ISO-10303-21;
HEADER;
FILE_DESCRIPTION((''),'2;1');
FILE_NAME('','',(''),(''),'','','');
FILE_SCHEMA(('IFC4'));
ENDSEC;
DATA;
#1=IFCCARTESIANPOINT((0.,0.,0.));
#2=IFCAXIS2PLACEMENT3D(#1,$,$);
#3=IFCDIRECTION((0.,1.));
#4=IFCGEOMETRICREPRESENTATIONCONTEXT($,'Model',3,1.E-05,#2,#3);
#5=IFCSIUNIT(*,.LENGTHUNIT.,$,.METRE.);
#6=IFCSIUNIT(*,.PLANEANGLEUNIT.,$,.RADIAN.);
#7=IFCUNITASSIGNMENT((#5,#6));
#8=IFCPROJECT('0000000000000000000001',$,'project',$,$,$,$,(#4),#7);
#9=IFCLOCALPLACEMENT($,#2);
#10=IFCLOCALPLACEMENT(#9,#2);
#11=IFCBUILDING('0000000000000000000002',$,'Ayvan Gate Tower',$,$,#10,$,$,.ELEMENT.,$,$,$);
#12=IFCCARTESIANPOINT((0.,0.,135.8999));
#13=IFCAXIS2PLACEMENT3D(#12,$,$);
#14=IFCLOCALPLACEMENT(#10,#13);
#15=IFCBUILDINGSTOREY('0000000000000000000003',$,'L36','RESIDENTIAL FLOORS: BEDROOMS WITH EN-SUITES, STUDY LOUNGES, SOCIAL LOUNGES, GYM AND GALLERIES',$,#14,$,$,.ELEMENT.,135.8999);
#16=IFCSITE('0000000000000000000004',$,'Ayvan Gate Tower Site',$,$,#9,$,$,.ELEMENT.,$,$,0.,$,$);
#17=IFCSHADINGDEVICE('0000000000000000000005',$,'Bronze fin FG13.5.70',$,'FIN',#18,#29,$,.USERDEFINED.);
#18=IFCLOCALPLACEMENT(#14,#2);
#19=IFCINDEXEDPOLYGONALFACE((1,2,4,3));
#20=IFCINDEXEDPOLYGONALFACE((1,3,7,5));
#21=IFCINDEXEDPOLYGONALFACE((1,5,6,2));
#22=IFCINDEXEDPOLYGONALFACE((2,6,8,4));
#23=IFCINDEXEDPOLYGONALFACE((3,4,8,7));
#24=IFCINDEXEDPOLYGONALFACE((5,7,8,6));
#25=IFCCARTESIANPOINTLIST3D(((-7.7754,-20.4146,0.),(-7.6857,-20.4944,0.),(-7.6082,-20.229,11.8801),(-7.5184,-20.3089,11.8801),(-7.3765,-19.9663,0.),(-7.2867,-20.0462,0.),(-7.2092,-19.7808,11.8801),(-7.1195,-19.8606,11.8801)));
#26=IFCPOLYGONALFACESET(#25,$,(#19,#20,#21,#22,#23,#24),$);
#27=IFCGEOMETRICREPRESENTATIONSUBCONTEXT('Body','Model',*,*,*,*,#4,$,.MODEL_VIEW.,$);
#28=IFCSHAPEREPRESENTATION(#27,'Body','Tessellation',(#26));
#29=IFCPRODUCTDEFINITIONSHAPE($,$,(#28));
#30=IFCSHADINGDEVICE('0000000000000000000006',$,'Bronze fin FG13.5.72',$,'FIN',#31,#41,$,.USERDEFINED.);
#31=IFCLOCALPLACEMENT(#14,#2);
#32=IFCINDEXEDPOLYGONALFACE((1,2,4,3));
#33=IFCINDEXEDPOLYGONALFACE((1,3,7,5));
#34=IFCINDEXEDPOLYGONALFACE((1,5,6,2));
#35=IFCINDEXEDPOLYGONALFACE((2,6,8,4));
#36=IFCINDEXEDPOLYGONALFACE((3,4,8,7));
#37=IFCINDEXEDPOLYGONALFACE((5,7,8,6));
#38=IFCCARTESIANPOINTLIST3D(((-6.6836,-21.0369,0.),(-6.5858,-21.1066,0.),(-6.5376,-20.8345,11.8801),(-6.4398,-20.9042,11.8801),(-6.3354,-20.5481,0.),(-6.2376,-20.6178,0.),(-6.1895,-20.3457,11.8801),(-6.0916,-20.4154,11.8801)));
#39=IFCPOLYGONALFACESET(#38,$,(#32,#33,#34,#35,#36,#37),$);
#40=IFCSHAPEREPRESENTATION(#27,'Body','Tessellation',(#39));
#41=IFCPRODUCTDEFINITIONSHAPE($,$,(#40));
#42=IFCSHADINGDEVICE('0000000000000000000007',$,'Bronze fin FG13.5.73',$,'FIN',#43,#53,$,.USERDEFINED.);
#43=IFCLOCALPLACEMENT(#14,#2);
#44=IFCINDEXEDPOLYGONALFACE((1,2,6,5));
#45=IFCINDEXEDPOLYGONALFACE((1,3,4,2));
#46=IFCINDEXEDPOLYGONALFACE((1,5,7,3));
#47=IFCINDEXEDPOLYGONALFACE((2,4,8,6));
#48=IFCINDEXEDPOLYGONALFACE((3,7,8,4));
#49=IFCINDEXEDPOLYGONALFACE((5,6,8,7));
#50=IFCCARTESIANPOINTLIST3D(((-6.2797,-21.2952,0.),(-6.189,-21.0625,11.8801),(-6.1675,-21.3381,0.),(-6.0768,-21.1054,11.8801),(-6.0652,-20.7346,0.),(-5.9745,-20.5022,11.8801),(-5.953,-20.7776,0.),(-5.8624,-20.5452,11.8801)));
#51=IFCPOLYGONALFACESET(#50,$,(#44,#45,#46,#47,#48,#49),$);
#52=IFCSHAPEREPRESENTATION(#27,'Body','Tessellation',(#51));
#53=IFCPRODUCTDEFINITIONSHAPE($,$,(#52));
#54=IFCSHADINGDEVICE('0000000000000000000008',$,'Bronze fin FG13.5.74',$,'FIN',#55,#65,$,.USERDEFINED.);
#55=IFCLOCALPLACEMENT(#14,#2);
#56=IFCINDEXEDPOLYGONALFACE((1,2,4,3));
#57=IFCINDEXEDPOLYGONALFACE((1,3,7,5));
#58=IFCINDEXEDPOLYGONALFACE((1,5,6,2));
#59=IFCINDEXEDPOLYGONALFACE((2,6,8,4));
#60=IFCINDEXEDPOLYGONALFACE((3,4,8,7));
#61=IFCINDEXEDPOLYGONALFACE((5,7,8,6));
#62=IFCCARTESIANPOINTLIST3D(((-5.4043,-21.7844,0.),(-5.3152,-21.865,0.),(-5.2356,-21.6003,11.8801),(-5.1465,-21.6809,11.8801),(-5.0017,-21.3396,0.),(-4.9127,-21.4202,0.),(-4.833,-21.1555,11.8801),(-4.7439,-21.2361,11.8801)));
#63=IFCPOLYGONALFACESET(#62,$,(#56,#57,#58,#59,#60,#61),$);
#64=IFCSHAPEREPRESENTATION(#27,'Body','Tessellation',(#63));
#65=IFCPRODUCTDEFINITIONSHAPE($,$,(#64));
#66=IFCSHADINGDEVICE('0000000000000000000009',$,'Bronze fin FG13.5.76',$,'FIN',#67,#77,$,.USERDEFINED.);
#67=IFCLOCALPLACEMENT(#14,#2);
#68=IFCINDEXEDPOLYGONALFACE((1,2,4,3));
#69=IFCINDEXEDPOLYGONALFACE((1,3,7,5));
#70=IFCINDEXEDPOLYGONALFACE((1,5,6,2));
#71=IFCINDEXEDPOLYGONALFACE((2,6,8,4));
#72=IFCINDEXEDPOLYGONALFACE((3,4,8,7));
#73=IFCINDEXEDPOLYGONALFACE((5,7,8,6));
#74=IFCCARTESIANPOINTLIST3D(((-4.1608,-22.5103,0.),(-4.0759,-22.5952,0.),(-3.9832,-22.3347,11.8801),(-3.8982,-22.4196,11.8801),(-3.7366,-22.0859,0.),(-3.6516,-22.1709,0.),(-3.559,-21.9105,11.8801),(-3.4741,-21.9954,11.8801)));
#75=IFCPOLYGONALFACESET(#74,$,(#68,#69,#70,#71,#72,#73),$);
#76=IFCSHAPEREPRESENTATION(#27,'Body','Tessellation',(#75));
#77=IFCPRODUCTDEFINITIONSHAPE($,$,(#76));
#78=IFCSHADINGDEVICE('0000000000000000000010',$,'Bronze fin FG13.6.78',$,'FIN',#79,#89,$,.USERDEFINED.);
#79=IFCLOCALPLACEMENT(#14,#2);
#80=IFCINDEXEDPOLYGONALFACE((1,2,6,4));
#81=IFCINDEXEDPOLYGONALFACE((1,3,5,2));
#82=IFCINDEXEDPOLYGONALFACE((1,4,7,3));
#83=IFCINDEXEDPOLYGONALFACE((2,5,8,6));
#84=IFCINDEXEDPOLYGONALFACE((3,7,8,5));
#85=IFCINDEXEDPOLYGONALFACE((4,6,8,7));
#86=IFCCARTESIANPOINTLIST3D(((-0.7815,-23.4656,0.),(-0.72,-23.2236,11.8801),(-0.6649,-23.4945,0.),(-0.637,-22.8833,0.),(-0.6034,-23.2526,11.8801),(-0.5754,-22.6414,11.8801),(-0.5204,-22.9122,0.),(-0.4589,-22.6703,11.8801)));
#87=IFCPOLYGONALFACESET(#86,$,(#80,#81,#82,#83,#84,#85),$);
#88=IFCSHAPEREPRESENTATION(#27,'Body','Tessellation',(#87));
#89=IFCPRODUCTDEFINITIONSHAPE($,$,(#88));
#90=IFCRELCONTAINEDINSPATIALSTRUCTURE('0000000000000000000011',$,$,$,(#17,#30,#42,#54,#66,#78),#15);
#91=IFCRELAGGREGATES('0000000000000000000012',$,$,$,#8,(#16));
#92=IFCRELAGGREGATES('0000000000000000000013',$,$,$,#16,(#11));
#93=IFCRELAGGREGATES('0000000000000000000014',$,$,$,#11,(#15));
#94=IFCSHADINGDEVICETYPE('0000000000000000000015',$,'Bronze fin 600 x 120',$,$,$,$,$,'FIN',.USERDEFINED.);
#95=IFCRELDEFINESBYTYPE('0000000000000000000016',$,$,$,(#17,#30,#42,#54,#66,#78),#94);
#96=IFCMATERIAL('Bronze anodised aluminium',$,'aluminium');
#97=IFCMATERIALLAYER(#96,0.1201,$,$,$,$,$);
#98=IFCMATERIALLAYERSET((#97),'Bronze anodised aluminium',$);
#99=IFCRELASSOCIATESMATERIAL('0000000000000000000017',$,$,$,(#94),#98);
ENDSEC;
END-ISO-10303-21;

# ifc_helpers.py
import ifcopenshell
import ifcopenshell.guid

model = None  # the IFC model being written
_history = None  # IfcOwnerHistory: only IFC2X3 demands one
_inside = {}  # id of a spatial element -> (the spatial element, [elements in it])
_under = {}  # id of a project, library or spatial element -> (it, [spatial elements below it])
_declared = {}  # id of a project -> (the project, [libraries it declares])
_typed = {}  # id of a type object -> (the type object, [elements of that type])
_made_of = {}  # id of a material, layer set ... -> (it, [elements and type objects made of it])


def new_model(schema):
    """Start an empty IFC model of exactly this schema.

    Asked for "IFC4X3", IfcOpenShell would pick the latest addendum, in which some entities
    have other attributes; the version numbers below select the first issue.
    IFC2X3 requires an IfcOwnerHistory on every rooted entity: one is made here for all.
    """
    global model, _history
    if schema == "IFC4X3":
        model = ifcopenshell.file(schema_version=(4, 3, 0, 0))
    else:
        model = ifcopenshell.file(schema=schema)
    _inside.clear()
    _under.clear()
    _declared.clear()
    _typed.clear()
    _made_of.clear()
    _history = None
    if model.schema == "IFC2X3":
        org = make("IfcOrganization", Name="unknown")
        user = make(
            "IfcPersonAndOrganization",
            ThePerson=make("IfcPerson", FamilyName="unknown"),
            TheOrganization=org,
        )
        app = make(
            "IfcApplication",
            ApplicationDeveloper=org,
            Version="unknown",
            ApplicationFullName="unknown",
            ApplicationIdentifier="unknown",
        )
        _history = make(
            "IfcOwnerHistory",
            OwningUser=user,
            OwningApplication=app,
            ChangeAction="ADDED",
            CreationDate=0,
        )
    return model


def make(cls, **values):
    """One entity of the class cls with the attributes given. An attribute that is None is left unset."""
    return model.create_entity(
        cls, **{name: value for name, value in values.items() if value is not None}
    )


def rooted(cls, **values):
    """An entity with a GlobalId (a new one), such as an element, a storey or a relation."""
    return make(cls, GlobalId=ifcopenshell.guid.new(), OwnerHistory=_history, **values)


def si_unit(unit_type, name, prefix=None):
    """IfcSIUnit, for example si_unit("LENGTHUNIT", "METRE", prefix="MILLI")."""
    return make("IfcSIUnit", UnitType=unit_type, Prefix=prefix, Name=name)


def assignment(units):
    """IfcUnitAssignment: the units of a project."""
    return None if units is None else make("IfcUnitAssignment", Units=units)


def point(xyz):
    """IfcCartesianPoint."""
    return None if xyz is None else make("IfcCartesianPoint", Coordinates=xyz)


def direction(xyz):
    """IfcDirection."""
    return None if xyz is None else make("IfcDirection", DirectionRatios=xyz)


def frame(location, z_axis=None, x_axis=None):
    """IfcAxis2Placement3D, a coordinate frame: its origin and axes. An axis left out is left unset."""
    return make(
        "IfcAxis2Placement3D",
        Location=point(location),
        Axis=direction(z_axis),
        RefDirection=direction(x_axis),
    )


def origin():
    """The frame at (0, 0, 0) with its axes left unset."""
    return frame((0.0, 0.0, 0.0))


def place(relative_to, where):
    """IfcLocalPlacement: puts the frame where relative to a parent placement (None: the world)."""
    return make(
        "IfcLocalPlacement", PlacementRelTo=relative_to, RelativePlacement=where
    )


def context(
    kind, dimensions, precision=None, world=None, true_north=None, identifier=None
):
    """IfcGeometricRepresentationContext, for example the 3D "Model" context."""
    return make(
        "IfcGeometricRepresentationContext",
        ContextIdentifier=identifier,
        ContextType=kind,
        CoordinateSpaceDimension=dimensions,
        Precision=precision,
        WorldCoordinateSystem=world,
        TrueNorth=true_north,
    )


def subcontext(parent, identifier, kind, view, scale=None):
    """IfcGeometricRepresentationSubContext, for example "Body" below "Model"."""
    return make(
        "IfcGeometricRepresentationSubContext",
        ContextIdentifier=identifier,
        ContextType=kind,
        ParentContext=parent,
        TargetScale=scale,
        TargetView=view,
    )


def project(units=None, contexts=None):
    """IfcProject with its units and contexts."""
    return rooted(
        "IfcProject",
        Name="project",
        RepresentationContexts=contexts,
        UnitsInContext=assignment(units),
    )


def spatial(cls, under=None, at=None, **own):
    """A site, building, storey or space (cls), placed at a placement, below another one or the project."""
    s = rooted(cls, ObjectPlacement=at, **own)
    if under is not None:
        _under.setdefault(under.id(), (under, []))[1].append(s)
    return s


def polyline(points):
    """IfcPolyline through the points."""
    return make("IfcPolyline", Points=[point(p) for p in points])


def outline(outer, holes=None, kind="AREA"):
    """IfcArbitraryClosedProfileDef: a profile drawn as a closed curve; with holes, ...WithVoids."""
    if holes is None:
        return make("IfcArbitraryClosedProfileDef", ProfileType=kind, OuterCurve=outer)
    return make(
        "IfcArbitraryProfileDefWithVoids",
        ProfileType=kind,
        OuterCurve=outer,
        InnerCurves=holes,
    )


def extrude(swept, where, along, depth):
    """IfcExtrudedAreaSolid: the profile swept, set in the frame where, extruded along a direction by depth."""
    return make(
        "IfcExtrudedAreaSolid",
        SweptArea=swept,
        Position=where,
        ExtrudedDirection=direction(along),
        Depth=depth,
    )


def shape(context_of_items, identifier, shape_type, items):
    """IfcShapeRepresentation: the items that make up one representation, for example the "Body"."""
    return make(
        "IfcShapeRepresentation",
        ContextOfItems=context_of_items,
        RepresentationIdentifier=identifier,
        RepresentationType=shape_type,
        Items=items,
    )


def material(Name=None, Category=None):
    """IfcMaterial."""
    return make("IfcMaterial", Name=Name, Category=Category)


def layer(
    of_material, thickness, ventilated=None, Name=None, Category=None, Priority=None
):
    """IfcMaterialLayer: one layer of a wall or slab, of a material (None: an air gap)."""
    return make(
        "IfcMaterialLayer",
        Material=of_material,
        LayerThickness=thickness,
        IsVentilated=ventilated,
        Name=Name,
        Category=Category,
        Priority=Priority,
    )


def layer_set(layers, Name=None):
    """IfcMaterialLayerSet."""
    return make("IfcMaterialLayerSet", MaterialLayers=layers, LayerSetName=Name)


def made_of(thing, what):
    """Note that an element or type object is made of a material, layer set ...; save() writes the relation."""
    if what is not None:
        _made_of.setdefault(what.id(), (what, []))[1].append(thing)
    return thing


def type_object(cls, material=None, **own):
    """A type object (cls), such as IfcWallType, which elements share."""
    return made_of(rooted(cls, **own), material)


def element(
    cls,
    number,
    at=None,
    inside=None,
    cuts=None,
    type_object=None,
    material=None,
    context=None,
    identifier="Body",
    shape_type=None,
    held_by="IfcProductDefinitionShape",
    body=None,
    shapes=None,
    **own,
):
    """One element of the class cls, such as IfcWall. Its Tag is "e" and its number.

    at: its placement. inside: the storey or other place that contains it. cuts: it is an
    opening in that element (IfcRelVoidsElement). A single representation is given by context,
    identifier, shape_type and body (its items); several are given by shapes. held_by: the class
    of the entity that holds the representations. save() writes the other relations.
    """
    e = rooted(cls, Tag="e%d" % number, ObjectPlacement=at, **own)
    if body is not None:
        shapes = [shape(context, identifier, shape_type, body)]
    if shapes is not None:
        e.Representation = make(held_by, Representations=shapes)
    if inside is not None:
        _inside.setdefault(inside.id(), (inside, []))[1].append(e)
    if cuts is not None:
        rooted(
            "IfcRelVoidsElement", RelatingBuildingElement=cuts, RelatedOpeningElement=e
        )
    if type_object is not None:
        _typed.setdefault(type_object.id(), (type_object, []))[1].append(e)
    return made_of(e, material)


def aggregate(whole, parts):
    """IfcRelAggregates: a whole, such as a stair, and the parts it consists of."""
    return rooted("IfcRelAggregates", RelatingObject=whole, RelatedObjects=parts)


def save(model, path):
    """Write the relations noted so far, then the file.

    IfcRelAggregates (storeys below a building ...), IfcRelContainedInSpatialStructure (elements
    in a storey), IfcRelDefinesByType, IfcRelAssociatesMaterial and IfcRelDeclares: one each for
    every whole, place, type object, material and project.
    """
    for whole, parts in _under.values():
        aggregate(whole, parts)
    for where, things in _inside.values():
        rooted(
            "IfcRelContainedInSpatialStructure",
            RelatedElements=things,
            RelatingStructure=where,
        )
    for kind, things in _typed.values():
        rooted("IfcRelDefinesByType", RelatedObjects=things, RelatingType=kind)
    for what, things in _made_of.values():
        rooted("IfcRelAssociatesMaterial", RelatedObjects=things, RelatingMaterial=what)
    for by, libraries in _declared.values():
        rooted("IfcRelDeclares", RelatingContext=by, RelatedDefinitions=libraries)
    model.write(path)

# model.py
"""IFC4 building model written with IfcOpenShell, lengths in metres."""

from ifc_helpers import new_model, si_unit, direction, frame, origin, place, context, subcontext, project, spatial, polyline, outline, extrude, material, layer, layer_set, type_object, element, save


model = new_model("IFC4")

# Units and contexts
model_context = context("Model", 3, precision=1e-05, world=origin(), true_north=direction((0.0, 1.0)))
body_context = subcontext(model_context, "Body", "Model", "MODEL_VIEW")
ifc_project = project(units=[si_unit("LENGTHUNIT", "METRE"), si_unit("PLANEANGLEUNIT", "RADIAN")], contexts=[model_context])

# Site, building, storey
site_placement = place(None, origin())
site = spatial("IfcSite", under=ifc_project, at=site_placement, Name="Ayvan Gate Tower Site", CompositionType="ELEMENT", RefElevation=0.0)
building_placement = place(site_placement, origin())
building = spatial("IfcBuilding", under=site, at=building_placement, Name="Ayvan Gate Tower", CompositionType="ELEMENT")
storey_placement = place(building_placement, frame((0.0, 0.0, 135.8999)))
storey = spatial("IfcBuildingStorey", under=building, at=storey_placement, Name="L36", Description="RESIDENTIAL FLOORS: BEDROOMS WITH EN-SUITES, STUDY LOUNGES, SOCIAL LOUNGES, GYM AND GALLERIES", CompositionType="ELEMENT", Elevation=135.8999)

# Shared definitions
ifc_material_1 = material(Name="Bronze anodised aluminium", Category="aluminium")

# Shading devices
ifc_layer_1 = layer(ifc_material_1, 0.1201)
ifc_layer_set_1 = layer_set([ifc_layer_1], Name="Bronze anodised aluminium")
shading_device_type = type_object("IfcShadingDeviceType", Name="Bronze fin 600 x 120", ElementType="FIN", PredefinedType="USERDEFINED", material=ifc_layer_set_1)
shading_device_1_placement = place(storey_placement, frame((-7.3765, -19.9663, 0.0), z_axis=(-0.747005, 0.664818, 0.000132), x_axis=(-0.664818, -0.747005, 0.0)))
element("IfcShadingDevice", 1, at=shading_device_1_placement, inside=storey, type_object=shading_device_type, Name="Bronze fin FG13.5.70", ObjectType="FIN", PredefinedType="USERDEFINED", context=body_context, shape_type="SweptSolid", body=[
    extrude(outline(polyline([(0.0, 0.0), (0.6001, 0.0), (0.3503, 11.8801), (-0.2498, 11.8801), (0.0, 0.0)])), origin(), (0.0, 0.0, -1.0), 0.1201),
])
shading_device_2_placement = place(storey_placement, frame((-6.3354, -20.5481, 0.0), z_axis=(-0.814502, 0.58016, 0.000126), x_axis=(-0.58016, -0.814502, 0.0)))
element("IfcShadingDevice", 2, at=shading_device_2_placement, inside=storey, type_object=shading_device_type, Name="Bronze fin FG13.5.72", ObjectType="FIN", PredefinedType="USERDEFINED", context=body_context, shape_type="SweptSolid", body=[
    extrude(outline(polyline([(0.0, 0.0), (0.6001, 0.0), (0.3505, 11.8801), (-0.2496, 11.8801), (0.0, 0.0)])), origin(), (0.0, 0.0, -1.0), 0.1201),
])
shading_device_3_placement = place(storey_placement, frame((-6.0652, -20.7346, 0.0), z_axis=(-0.933942, 0.357425, 0.000134), x_axis=(-0.357425, -0.933942, 0.0)))
element("IfcShadingDevice", 3, at=shading_device_3_placement, inside=storey, type_object=shading_device_type, Name="Bronze fin FG13.5.73", ObjectType="FIN", PredefinedType="USERDEFINED", context=body_context, shape_type="SweptSolid", body=[
    extrude(outline(polyline([(0.0, 0.0), (0.6002, 0.0), (0.3505, 11.8801), (-0.2494, 11.8801), (0.0, 0.0)])), origin(), (0.0, 0.0, -1.0), 0.1201),
])
shading_device_4_placement = place(storey_placement, frame((-5.0017, -21.3396, 0.0), z_axis=(-0.74143, 0.671031, 0.000131), x_axis=(-0.671031, -0.74143, 0.0)))
element("IfcShadingDevice", 4, at=shading_device_4_placement, inside=storey, type_object=shading_device_type, Name="Bronze fin FG13.5.74", ObjectType="FIN", PredefinedType="USERDEFINED", context=body_context, shape_type="SweptSolid", body=[
    extrude(outline(polyline([(0.0, 0.0), (0.6, 0.0), (0.3503, 11.8801), (-0.2497, 11.8801), (0.0, 0.0)])), origin(), (0.0, 0.0, -1.0), 0.1201),
])
shading_device_5_placement = place(storey_placement, frame((-3.7366, -22.0859, 0.0), z_axis=(-0.707208, 0.707005, 0.000127), x_axis=(-0.707005, -0.707209, 0.0)))
element("IfcShadingDevice", 5, at=shading_device_5_placement, inside=storey, type_object=shading_device_type, Name="Bronze fin FG13.5.76", ObjectType="FIN", PredefinedType="USERDEFINED", context=body_context, shape_type="SweptSolid", body=[
    extrude(outline(polyline([(0.0, 0.0), (0.6001, 0.0), (0.3503, 11.8801), (-0.2496, 11.8801), (0.0, 0.0)])), origin(), (0.0, 0.0, -1.0), 0.1201),
])
shading_device_6_placement = place(storey_placement, frame((-0.637, -22.8833, 0.0), z_axis=(-0.970548, 0.240908, 0.00012), x_axis=(-0.240908, -0.970548, 0.0)))
element("IfcShadingDevice", 6, at=shading_device_6_placement, inside=storey, type_object=shading_device_type, Name="Bronze fin FG13.6.78", ObjectType="FIN", PredefinedType="USERDEFINED", context=body_context, shape_type="SweptSolid", body=[
    extrude(outline(polyline([(0.0, 0.0), (0.5999, 0.0), (0.3503, 11.8801), (-0.2496, 11.8801), (0.0, 0.0)])), origin(), (0.0, 0.0, -1.0), 0.1201),
])

save(model, "model.ifc")
